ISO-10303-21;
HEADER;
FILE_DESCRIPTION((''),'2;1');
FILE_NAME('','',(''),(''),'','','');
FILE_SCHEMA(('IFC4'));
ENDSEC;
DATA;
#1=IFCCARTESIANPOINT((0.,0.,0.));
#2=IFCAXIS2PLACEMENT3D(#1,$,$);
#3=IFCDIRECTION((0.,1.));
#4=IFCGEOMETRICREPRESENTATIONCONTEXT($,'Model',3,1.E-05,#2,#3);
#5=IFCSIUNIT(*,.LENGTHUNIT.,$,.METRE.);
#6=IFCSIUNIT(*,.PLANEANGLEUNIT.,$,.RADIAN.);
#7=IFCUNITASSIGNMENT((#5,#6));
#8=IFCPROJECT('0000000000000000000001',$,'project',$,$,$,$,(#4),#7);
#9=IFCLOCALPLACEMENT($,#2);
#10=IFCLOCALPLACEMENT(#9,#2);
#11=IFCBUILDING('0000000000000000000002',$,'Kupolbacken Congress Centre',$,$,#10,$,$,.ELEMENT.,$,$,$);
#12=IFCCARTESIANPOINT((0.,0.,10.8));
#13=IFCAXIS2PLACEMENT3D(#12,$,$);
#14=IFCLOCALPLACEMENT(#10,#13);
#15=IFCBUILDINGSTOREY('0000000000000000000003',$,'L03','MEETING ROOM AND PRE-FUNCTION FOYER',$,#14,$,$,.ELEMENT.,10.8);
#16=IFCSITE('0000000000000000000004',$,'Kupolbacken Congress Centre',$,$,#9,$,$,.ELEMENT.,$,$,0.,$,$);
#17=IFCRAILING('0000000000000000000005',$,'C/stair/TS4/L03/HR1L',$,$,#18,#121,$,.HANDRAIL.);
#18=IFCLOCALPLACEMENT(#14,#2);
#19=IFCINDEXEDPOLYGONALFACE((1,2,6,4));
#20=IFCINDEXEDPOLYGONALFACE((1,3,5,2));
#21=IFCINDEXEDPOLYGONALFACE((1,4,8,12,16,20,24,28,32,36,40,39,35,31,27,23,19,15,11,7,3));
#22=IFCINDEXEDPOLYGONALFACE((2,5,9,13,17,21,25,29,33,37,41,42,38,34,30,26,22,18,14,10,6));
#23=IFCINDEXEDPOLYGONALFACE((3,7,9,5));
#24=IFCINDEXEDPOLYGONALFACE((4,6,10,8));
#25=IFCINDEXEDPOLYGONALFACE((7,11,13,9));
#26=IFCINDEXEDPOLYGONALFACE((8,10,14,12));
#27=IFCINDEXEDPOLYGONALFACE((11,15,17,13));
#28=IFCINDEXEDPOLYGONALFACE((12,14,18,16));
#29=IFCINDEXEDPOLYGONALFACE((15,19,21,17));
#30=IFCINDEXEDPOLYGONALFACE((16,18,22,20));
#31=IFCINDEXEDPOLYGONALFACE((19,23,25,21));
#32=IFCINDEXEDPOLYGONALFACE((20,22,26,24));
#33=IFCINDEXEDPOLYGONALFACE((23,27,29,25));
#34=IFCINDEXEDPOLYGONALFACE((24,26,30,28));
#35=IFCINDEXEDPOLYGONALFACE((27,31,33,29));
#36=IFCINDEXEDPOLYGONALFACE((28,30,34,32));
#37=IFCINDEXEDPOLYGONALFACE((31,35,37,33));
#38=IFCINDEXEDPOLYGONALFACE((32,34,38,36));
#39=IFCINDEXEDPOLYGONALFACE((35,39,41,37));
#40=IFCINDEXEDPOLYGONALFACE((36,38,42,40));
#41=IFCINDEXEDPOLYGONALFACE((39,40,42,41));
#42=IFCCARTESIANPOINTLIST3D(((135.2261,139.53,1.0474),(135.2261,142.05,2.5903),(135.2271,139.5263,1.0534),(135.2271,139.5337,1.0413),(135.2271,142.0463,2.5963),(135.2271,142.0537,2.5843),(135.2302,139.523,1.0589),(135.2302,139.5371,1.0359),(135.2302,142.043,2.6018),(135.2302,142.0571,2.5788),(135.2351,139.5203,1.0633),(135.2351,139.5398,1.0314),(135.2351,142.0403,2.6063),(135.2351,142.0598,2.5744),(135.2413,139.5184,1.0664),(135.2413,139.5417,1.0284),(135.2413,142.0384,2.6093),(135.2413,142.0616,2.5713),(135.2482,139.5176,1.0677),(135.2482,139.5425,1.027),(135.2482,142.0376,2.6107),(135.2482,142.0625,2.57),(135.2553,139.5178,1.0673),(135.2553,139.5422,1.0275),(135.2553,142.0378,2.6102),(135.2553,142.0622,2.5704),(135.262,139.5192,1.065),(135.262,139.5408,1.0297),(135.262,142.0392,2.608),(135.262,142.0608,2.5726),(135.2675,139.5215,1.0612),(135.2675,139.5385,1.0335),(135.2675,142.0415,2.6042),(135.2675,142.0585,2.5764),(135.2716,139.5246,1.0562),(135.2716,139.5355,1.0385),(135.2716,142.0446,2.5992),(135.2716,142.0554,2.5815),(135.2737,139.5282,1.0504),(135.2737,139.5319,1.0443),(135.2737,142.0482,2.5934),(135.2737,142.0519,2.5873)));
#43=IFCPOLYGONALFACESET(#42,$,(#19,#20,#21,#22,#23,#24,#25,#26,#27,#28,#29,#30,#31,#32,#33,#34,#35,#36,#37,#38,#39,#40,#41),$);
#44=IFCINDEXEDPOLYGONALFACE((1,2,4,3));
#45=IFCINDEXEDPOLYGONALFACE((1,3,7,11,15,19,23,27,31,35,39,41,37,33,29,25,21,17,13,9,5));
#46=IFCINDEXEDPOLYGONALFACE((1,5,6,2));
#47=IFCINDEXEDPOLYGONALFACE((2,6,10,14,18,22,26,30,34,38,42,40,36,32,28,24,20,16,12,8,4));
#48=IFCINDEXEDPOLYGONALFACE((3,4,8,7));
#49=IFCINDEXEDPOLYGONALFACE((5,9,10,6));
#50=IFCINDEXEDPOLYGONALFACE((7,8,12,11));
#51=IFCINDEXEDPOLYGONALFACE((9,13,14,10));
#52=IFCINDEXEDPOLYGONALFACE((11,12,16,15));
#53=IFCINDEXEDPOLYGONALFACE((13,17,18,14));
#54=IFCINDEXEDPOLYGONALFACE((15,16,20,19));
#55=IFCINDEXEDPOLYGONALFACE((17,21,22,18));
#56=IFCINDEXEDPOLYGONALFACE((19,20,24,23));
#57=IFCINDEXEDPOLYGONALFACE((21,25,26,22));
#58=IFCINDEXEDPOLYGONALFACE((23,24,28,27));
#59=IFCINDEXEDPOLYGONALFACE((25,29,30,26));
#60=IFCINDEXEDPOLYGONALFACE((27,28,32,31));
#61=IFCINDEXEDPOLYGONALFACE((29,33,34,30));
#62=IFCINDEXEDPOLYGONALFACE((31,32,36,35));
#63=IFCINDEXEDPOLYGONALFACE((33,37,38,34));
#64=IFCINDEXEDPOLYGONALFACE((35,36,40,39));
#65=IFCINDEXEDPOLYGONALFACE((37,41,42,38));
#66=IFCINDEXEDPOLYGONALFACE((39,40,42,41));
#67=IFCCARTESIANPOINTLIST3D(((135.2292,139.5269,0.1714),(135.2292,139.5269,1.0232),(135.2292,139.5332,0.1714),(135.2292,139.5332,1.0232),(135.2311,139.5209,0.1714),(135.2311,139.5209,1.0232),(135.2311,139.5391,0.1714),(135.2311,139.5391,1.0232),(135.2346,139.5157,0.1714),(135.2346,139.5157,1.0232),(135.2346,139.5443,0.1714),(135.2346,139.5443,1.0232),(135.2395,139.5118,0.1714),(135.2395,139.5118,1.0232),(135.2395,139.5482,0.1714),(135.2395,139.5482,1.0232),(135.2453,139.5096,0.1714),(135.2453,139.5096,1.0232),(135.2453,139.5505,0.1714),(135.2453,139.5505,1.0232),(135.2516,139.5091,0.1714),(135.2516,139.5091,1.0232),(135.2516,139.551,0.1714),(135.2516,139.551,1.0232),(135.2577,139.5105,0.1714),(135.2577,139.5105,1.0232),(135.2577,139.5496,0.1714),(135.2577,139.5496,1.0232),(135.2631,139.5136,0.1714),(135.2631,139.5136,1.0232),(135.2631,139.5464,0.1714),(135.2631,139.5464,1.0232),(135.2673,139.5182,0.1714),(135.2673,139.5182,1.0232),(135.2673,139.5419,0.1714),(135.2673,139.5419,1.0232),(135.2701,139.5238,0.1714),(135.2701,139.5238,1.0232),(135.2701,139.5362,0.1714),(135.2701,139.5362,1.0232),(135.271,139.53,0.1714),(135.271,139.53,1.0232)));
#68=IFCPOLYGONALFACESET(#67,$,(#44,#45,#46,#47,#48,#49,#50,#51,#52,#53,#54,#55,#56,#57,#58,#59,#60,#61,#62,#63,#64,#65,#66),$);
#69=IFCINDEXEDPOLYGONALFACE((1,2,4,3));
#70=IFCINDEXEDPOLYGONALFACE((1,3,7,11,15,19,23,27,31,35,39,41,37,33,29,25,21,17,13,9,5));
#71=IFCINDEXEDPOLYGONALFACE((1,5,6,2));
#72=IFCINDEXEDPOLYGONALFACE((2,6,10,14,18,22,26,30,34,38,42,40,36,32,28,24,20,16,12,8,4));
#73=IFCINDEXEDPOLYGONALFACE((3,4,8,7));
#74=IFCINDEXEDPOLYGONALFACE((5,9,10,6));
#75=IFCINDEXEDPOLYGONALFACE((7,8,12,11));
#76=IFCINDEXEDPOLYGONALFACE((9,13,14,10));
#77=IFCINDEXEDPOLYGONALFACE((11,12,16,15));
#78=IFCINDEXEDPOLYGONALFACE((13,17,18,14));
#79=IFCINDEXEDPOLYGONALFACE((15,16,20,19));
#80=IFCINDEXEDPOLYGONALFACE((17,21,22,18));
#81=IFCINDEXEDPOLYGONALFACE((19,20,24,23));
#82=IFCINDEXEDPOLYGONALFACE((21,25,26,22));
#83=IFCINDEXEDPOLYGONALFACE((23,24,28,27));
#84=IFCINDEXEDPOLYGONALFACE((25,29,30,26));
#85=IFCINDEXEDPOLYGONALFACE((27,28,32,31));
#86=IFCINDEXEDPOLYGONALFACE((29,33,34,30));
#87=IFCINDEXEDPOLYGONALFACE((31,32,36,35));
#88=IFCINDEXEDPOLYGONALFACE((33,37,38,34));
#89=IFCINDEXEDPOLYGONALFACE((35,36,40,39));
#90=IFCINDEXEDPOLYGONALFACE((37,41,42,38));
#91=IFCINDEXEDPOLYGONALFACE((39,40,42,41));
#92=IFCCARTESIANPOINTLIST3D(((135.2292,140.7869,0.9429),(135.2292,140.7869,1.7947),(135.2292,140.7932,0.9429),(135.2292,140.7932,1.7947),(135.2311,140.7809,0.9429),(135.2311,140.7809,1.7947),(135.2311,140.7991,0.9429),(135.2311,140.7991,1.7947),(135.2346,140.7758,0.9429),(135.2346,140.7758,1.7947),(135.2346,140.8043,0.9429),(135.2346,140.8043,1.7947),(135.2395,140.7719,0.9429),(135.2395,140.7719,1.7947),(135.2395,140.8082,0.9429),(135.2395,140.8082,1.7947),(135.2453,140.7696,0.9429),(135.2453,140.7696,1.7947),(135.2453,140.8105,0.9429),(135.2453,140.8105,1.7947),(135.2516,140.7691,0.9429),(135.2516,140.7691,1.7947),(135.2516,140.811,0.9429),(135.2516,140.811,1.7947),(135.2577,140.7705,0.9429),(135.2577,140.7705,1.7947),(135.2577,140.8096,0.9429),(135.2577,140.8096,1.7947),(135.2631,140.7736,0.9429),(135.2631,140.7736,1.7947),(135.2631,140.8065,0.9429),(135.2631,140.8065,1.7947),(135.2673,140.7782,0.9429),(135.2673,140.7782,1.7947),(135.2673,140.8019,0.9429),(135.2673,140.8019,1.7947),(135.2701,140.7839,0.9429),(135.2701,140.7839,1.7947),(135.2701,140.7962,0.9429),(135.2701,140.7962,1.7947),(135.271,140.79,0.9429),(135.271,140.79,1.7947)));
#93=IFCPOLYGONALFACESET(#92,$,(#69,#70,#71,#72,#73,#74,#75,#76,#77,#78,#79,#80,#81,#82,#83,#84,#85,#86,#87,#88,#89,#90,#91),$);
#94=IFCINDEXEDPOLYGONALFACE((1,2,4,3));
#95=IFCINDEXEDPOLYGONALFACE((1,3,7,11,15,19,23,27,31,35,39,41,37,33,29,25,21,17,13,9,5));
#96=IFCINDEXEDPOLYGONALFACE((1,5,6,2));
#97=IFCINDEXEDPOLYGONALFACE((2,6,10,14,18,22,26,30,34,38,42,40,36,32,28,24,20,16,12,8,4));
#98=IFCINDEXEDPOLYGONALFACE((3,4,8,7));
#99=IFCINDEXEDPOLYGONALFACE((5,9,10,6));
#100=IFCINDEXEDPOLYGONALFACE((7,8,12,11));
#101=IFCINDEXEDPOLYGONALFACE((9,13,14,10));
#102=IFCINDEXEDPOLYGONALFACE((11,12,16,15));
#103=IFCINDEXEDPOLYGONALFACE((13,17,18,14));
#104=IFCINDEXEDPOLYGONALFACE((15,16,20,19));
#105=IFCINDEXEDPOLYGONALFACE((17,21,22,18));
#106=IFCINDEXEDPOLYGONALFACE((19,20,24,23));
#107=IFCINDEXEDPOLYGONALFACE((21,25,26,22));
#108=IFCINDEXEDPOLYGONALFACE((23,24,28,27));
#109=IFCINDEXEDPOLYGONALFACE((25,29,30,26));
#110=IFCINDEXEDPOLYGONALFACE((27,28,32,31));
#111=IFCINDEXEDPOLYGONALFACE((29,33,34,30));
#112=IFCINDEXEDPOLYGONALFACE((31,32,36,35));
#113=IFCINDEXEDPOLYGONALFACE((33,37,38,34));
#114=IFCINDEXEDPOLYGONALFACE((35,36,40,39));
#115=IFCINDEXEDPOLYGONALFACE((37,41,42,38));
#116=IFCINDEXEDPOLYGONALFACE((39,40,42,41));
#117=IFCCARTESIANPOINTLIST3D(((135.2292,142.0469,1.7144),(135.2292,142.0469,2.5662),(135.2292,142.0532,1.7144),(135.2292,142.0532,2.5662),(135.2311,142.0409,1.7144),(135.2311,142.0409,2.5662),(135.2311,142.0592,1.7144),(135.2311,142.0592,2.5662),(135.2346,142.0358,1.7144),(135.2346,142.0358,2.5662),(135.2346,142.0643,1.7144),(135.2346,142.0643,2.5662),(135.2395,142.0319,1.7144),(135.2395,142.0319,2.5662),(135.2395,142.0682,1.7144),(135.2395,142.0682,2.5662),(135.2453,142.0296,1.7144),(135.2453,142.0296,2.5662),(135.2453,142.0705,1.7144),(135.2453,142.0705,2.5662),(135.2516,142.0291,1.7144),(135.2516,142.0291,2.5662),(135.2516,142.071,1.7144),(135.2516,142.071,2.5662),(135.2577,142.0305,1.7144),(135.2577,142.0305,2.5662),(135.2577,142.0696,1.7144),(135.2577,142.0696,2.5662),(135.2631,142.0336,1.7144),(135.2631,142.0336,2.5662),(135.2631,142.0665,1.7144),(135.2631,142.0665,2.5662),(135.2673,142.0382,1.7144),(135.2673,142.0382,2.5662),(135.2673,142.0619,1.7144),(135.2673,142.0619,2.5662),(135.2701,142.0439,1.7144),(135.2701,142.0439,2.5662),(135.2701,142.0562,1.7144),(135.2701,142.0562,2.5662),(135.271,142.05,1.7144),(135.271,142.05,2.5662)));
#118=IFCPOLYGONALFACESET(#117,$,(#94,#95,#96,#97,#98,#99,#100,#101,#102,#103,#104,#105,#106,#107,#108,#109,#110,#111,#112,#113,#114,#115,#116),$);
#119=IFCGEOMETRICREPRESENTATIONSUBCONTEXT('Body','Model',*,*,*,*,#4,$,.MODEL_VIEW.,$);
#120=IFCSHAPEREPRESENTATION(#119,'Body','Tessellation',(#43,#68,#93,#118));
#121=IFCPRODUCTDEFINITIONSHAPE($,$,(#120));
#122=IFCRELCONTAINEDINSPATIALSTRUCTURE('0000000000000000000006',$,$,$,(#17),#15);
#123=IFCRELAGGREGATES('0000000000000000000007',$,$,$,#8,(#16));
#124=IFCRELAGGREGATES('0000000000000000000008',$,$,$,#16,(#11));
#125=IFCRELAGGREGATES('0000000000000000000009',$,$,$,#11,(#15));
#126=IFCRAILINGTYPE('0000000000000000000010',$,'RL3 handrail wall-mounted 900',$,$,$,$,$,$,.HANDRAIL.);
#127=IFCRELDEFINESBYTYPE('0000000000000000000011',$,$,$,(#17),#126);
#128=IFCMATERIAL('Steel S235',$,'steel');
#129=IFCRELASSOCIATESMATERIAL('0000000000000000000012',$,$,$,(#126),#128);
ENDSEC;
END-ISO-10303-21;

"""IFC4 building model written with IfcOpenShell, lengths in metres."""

from ifc_helpers import new_model, si_unit, direction, frame, origin, origin_2d, place, context, subcontext, project, spatial, circle, extrude, material, type_object, element, save


model = new_model("IFC4")

# Units and contexts
model_context = context("Model", 3, precision=1e-05, world=origin(), true_north=direction((0.0, 1.0)))
body_context = subcontext(model_context, "Body", "Model", "MODEL_VIEW")
ifc_project = project(units=[si_unit("LENGTHUNIT", "METRE"), si_unit("PLANEANGLEUNIT", "RADIAN")], contexts=[model_context])

# Site, building, storey
site_placement = place(None, origin())
site = spatial("IfcSite", under=ifc_project, at=site_placement, Name="Kupolbacken Congress Centre", CompositionType="ELEMENT", RefElevation=0.0)
building_placement = place(site_placement, origin())
building = spatial("IfcBuilding", under=site, at=building_placement, Name="Kupolbacken Congress Centre", CompositionType="ELEMENT")
storey_placement = place(building_placement, frame((0.0, 0.0, 10.8)))
storey = spatial("IfcBuildingStorey", under=building, at=storey_placement, Name="L03", Description="MEETING ROOM AND PRE-FUNCTION FOYER", CompositionType="ELEMENT", Elevation=10.8)

# Railing
ifc_material_1 = material(Name="Steel S235", Category="steel")
railing_type = type_object("IfcRailingType", Name="RL3 handrail wall-mounted 900", PredefinedType="HANDRAIL", material=ifc_material_1)
railing_placement = place(storey_placement, frame((135.25, 139.53, 0.1714)))
element("IfcRailing", 1, at=railing_placement, inside=storey, type_object=railing_type, Name="C/stair/TS4/L03/HR1L", PredefinedType="HANDRAIL", context=body_context, shape_type="SweptSolid", body=[
    extrude(circle(Radius=0.0239, at=origin_2d()), frame((0.0, 0.0, 0.876), z_axis=(0.0, 0.852836, 0.522178), x_axis=(-1.0, 0.0, 0.0)), (0.0, 0.0, 1.0), 2.9548),
    extrude(circle(Radius=0.021, at=origin_2d()), origin(), (0.0, 0.0, 1.0), 0.8518),
    extrude(circle(Radius=0.021, at=origin_2d()), frame((0.0, 1.26, 0.7715)), (0.0, 0.0, 1.0), 0.8518),
    extrude(circle(Radius=0.021, at=origin_2d()), frame((0.0, 2.52, 1.543)), (0.0, 0.0, 1.0), 0.8518),
])

save(model, "model.ifc")
